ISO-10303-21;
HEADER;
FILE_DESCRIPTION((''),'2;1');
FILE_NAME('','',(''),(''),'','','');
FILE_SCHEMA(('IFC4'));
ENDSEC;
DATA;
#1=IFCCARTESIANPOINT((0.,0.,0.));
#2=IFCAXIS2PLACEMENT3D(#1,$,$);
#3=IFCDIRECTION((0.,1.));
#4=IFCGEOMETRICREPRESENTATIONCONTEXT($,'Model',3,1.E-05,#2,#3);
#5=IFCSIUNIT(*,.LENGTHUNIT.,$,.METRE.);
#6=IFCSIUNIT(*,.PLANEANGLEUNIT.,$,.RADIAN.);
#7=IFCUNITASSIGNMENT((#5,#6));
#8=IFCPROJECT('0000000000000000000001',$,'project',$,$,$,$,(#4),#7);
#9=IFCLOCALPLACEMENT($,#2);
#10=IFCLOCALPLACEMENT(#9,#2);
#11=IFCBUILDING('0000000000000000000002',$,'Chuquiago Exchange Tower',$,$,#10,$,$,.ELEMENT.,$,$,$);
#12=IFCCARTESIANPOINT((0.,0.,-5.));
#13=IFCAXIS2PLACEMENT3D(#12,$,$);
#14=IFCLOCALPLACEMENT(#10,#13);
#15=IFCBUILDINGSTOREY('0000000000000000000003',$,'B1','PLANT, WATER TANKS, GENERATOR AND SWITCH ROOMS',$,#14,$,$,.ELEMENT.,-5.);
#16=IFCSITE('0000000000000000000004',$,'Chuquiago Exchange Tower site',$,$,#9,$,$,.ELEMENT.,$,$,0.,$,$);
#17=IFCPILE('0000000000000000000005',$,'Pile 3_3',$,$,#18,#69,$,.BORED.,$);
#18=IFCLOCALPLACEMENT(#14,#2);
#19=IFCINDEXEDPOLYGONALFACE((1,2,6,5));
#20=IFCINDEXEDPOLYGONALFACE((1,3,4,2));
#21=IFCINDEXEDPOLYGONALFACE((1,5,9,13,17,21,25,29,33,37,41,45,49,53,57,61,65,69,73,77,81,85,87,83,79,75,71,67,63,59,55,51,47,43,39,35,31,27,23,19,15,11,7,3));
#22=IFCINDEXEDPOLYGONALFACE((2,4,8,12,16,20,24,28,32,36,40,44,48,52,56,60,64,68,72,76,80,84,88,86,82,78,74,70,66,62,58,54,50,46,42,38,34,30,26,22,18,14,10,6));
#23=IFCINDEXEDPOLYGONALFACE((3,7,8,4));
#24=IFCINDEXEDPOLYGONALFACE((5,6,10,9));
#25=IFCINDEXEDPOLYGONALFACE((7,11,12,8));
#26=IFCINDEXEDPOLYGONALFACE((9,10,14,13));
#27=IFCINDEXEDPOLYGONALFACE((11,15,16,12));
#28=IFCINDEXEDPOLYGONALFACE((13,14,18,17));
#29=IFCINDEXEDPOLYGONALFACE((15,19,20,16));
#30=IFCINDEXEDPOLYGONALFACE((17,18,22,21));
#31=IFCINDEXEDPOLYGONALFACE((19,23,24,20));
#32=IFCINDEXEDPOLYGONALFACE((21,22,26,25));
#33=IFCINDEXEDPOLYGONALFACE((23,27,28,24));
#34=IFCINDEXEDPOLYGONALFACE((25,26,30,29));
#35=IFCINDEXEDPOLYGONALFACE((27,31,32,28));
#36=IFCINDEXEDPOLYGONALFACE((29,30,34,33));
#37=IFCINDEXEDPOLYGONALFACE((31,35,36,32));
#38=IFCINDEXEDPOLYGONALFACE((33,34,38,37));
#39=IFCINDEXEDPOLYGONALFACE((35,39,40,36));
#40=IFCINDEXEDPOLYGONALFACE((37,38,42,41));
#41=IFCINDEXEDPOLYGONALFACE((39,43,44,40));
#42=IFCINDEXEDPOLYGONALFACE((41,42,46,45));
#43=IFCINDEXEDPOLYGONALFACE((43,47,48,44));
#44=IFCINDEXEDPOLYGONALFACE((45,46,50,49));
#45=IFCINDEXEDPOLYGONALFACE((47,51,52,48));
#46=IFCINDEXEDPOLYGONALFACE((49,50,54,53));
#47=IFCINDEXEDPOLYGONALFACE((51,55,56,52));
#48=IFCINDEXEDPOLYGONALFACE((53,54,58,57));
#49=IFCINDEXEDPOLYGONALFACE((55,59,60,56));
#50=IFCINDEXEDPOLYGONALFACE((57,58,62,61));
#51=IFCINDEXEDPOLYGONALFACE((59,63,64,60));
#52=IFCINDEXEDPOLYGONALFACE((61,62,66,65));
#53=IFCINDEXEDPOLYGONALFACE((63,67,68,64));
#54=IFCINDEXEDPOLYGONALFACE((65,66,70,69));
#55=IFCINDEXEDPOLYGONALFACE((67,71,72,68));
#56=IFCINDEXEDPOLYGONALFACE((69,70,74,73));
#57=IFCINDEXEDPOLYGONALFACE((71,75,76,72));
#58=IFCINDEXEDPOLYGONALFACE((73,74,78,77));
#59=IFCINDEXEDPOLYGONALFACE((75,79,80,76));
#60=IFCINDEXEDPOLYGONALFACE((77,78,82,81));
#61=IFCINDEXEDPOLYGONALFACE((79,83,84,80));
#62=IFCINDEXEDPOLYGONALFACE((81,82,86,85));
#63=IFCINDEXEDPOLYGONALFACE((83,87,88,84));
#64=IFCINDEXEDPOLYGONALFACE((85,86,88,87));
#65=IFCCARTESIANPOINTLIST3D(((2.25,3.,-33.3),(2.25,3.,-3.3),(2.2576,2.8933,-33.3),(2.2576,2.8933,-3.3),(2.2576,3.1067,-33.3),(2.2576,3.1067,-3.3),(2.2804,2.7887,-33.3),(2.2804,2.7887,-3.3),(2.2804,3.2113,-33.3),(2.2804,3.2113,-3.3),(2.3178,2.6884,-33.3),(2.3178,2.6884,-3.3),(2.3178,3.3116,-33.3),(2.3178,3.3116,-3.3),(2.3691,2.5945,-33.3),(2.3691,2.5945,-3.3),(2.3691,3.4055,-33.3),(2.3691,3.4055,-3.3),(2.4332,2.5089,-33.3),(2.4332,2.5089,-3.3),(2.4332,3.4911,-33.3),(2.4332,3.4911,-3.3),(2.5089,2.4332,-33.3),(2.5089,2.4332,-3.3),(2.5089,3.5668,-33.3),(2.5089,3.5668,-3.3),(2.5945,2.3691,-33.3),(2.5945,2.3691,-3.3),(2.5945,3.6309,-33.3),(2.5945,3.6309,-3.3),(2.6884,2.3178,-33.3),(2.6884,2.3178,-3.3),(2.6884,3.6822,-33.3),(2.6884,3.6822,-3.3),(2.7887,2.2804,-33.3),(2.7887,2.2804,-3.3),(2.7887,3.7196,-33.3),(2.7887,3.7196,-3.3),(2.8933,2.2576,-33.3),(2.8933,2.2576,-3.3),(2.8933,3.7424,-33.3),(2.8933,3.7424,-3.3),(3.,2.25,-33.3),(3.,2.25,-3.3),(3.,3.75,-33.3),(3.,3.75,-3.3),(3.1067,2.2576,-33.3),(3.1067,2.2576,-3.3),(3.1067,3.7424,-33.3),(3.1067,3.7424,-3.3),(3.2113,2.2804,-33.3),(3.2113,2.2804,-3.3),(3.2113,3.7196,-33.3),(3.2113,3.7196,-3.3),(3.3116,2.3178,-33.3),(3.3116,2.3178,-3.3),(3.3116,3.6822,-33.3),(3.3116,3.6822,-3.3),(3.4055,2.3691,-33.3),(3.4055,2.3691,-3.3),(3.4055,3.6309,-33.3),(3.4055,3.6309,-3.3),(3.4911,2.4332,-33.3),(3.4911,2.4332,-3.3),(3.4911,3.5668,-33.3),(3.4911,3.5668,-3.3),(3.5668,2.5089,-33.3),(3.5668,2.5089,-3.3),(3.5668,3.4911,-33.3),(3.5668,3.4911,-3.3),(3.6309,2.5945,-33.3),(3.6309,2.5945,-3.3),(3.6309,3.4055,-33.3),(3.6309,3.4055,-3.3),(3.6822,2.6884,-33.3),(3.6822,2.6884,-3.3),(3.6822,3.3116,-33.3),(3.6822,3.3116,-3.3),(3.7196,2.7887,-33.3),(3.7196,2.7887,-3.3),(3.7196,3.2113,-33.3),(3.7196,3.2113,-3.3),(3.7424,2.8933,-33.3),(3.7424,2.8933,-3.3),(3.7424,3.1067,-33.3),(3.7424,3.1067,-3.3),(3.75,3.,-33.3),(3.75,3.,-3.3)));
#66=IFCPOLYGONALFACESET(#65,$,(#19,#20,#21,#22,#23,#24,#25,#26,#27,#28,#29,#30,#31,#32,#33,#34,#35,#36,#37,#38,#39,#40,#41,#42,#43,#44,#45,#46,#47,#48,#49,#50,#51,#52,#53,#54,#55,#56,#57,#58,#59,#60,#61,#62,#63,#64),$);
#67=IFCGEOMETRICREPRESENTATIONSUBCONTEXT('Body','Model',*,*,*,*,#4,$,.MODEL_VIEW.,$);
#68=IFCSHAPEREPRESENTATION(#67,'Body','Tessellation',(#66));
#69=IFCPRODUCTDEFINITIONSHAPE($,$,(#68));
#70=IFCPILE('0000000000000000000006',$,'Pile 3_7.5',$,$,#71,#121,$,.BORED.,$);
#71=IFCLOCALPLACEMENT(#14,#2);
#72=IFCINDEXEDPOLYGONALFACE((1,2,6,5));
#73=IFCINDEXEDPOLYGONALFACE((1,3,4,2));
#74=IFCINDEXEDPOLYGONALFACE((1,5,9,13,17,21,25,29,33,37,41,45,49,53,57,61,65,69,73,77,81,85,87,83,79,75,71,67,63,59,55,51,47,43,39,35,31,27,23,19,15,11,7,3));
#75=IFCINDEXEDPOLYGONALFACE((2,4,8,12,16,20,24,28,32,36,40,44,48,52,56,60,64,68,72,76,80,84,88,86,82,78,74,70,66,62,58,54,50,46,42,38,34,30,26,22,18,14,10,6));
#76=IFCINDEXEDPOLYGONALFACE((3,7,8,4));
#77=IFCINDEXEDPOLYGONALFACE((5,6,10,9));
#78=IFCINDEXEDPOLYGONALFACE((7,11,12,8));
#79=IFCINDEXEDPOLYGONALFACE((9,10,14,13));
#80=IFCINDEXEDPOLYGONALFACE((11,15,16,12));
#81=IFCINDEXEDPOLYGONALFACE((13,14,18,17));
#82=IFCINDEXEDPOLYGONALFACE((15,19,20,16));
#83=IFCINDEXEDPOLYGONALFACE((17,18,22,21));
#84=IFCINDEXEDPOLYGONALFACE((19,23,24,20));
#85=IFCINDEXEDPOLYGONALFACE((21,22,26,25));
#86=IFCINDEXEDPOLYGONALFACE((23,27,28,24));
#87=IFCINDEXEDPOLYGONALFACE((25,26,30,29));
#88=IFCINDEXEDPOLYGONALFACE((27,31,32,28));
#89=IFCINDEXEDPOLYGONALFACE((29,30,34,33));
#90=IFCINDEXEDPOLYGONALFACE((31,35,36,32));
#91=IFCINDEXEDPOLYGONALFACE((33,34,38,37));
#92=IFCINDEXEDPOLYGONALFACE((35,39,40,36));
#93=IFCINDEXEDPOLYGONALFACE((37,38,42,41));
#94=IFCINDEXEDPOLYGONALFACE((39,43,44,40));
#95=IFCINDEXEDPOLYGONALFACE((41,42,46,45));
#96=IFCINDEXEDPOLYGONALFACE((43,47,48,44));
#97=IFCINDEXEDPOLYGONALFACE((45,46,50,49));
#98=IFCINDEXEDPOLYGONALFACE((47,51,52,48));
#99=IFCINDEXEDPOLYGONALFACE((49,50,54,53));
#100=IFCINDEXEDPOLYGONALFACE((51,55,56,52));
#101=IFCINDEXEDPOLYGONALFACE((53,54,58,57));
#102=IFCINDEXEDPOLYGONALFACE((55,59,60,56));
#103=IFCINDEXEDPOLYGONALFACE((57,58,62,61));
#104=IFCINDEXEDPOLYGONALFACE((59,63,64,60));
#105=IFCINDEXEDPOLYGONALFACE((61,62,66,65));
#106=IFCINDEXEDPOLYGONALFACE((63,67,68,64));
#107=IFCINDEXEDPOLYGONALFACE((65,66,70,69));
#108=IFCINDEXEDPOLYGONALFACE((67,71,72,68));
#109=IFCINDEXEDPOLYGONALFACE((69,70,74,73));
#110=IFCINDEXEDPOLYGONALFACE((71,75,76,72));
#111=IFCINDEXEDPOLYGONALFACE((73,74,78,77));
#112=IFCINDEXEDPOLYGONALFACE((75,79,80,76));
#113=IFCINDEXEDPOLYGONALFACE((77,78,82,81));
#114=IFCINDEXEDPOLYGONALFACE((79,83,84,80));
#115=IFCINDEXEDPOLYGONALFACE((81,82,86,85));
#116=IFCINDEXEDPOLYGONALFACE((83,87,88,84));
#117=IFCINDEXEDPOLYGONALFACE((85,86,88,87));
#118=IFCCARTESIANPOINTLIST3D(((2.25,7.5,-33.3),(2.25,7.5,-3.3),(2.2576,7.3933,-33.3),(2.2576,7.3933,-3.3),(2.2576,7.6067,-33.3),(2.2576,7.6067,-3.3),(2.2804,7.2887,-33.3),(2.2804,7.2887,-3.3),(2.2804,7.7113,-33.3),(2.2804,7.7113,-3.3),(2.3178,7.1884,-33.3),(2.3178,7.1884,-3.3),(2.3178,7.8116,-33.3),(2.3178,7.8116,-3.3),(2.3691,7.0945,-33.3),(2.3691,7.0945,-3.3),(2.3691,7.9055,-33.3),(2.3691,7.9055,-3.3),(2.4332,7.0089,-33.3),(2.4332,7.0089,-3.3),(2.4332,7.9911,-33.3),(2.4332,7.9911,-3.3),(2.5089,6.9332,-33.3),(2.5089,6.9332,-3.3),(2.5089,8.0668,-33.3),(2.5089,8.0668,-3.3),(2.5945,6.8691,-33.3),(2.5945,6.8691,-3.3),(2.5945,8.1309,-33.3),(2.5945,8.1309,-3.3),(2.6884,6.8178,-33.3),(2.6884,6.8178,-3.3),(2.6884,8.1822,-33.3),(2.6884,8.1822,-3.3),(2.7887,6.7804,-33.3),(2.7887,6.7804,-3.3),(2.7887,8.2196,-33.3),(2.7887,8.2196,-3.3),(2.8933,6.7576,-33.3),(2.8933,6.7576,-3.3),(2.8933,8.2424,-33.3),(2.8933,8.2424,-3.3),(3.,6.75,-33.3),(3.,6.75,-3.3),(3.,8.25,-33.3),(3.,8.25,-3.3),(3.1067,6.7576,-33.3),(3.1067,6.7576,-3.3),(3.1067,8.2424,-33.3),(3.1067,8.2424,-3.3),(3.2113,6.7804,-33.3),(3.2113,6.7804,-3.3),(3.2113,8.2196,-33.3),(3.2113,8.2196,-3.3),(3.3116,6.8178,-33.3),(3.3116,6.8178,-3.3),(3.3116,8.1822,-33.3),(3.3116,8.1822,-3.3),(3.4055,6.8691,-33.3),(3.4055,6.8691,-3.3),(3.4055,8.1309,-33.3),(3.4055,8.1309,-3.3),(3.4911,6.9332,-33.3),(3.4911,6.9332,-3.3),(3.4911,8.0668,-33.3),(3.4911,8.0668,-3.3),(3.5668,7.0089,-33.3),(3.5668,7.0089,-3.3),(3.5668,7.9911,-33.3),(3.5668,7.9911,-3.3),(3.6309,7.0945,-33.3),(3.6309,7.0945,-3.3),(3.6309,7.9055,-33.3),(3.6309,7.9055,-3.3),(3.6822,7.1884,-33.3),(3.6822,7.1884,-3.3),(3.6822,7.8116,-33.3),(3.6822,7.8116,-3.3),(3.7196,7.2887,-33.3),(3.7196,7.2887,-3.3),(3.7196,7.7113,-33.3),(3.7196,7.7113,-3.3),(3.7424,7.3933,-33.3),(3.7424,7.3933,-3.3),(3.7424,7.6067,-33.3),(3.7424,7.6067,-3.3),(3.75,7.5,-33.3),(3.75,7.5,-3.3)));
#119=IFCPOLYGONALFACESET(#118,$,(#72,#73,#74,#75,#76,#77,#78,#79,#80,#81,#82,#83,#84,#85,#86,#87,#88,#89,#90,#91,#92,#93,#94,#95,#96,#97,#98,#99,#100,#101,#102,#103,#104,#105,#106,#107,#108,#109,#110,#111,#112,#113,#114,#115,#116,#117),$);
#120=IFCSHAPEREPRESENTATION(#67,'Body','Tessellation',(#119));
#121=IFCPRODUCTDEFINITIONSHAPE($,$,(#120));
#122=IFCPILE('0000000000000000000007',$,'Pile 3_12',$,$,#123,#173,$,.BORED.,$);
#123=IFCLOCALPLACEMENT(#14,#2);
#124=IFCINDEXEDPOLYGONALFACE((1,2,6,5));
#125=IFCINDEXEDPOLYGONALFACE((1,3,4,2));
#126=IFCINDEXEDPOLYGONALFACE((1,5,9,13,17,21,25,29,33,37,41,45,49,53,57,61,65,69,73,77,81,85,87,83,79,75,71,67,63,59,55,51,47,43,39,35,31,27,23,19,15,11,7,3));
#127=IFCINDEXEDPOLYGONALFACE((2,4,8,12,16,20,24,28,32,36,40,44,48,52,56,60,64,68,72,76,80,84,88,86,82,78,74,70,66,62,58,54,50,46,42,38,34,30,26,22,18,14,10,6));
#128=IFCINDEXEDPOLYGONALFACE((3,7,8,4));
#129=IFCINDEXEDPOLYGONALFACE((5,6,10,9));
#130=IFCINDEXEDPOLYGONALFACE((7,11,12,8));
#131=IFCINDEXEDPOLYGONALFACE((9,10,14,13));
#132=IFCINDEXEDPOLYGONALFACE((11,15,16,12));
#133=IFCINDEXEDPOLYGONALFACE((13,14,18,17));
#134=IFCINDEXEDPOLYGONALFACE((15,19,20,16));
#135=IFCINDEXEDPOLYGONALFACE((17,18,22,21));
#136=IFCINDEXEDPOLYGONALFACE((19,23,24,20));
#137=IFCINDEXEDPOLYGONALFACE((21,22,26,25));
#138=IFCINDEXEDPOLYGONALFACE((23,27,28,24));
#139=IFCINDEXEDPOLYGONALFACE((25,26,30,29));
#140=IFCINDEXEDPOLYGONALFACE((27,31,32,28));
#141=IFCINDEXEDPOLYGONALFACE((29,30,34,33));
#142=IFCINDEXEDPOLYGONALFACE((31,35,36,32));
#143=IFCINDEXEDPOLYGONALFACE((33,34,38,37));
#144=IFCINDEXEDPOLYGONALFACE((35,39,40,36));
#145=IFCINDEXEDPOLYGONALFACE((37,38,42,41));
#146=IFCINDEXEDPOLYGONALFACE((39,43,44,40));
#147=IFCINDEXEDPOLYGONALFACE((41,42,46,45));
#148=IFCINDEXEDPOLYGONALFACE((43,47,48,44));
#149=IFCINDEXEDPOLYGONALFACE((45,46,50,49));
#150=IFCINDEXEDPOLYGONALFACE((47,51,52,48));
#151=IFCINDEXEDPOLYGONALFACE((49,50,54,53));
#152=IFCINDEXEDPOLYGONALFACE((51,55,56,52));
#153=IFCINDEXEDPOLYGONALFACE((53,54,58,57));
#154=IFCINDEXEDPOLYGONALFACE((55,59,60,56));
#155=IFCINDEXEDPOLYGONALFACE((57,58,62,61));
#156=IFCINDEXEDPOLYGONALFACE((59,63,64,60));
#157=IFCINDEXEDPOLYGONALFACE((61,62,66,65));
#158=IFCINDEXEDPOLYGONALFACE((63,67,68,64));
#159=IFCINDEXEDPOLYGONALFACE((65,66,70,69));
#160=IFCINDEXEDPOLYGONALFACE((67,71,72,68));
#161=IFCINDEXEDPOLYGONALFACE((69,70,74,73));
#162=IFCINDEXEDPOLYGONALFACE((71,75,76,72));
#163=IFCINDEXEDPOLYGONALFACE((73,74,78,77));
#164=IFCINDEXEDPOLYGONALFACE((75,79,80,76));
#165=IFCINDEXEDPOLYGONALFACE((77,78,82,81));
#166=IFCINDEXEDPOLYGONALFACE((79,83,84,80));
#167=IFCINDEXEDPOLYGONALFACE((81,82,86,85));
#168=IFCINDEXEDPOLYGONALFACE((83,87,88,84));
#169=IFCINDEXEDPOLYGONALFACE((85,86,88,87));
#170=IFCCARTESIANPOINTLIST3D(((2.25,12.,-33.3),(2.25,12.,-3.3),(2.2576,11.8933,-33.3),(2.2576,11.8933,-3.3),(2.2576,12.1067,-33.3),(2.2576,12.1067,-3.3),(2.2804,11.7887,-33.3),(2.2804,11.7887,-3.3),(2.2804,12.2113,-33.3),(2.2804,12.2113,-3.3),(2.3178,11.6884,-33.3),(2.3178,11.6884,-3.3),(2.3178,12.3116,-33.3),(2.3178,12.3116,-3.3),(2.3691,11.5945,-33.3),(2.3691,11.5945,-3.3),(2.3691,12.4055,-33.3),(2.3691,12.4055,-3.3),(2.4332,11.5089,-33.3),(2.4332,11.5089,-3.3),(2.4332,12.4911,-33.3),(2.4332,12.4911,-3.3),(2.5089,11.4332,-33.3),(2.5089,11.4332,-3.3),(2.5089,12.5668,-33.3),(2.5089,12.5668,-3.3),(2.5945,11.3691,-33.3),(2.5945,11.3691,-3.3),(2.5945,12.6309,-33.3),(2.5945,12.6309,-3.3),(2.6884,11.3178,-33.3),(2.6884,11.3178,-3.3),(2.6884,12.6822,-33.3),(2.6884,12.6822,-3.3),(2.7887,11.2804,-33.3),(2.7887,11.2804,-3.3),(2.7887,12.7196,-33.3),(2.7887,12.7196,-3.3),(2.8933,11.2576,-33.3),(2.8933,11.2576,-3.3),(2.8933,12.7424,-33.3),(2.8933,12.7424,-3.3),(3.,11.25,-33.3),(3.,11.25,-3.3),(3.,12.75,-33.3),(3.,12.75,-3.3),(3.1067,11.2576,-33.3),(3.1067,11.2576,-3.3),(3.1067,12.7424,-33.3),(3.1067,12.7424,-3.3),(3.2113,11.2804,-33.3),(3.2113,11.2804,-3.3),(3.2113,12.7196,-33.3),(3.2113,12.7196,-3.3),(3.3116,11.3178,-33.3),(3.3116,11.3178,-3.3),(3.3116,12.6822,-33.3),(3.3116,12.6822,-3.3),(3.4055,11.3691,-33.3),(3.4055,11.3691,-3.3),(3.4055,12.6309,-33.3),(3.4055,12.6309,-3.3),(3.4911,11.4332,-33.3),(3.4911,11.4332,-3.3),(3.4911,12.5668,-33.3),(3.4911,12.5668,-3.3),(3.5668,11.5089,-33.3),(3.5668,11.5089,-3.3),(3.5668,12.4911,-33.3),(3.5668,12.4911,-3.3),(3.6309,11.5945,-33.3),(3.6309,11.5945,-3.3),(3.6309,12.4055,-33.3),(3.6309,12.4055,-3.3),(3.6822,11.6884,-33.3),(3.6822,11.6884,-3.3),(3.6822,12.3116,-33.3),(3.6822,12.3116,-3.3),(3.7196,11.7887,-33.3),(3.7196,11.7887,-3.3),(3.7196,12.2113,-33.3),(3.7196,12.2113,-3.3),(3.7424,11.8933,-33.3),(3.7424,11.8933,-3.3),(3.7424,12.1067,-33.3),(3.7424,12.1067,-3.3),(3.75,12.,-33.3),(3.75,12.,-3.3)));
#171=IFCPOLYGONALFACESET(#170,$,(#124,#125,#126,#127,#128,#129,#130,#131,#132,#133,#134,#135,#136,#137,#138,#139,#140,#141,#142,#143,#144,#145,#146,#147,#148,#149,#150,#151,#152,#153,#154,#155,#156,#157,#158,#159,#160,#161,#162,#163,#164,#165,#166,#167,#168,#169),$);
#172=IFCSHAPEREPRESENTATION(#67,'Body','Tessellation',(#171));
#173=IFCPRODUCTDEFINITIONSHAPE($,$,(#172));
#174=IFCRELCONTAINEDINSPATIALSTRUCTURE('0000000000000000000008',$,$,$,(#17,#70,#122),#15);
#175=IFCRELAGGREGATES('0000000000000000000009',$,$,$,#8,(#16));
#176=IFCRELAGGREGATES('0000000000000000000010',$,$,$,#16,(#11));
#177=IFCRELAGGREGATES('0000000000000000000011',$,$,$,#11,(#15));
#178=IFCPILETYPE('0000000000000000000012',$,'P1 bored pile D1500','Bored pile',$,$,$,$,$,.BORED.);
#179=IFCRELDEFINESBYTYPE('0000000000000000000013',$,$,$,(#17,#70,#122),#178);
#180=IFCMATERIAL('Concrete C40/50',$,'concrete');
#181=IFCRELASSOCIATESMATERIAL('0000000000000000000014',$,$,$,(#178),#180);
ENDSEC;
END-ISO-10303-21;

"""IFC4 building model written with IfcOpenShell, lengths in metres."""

from ifc_helpers import new_model, si_unit, direction, frame, origin, origin_2d, place, context, subcontext, project, spatial, circle, extrude, material, material_profile, profile_set, type_object, element, save


model = new_model("IFC4")

# Units and contexts
model_context = context("Model", 3, precision=1e-05, world=origin(), true_north=direction((0.0, 1.0)))
body_context = subcontext(model_context, "Body", "Model", "MODEL_VIEW")
ifc_project = project(units=[si_unit("LENGTHUNIT", "METRE"), si_unit("PLANEANGLEUNIT", "RADIAN")], contexts=[model_context])

# Site, building, storey
site_placement = place(None, origin())
site = spatial("IfcSite", under=ifc_project, at=site_placement, Name="Chuquiago Exchange Tower site", CompositionType="ELEMENT", RefElevation=0.0)
building_placement = place(site_placement, origin())
building = spatial("IfcBuilding", under=site, at=building_placement, Name="Chuquiago Exchange Tower", CompositionType="ELEMENT")
storey_placement = place(building_placement, frame((0.0, 0.0, -5.0)))
storey = spatial("IfcBuildingStorey", under=building, at=storey_placement, Name="B1", Description="PLANT, WATER TANKS, GENERATOR AND SWITCH ROOMS", CompositionType="ELEMENT", Elevation=-5.0)

# Piles
ifc_material_1 = material(Name="Concrete C40/50", Category="concrete")
ifc_material_profile_1 = material_profile(ifc_material_1, circle(Radius=0.75, at=origin_2d()), Name="D1500")
ifc_profile_set_1 = profile_set([ifc_material_profile_1], Name="Concrete C40/50")
pile_type = type_object("IfcPileType", Name="P1 bored pile D1500", Description="Bored pile", PredefinedType="BORED", material=ifc_profile_set_1)
for number, where, z_axis, x_axis, name in (
    (1, (3.0, 3.0, -3.3), (0.0, 0.0, -1.0), (1.0, 0.0, 0.0), "Pile 3_3"),
    (2, (3.0, 7.5, -3.3), (0.0, 0.0, -1.0), (1.0, 0.0, 0.0), "Pile 3_7.5"),
    (3, (3.0, 12.0, -3.3), (0.0, 0.0, -1.0), (1.0, 0.0, 0.0), "Pile 3_12"),
):
    element("IfcPile", number, at=place(storey_placement, frame(where, z_axis=z_axis, x_axis=x_axis)), inside=storey, type_object=pile_type, Name=name, PredefinedType="BORED", context=body_context, shape_type="SweptSolid", body=[
        extrude(circle(Radius=0.75, at=origin_2d()), origin(), (0.0, 0.0, 1.0), 30.0),
    ])

save(model, "model.ifc")
